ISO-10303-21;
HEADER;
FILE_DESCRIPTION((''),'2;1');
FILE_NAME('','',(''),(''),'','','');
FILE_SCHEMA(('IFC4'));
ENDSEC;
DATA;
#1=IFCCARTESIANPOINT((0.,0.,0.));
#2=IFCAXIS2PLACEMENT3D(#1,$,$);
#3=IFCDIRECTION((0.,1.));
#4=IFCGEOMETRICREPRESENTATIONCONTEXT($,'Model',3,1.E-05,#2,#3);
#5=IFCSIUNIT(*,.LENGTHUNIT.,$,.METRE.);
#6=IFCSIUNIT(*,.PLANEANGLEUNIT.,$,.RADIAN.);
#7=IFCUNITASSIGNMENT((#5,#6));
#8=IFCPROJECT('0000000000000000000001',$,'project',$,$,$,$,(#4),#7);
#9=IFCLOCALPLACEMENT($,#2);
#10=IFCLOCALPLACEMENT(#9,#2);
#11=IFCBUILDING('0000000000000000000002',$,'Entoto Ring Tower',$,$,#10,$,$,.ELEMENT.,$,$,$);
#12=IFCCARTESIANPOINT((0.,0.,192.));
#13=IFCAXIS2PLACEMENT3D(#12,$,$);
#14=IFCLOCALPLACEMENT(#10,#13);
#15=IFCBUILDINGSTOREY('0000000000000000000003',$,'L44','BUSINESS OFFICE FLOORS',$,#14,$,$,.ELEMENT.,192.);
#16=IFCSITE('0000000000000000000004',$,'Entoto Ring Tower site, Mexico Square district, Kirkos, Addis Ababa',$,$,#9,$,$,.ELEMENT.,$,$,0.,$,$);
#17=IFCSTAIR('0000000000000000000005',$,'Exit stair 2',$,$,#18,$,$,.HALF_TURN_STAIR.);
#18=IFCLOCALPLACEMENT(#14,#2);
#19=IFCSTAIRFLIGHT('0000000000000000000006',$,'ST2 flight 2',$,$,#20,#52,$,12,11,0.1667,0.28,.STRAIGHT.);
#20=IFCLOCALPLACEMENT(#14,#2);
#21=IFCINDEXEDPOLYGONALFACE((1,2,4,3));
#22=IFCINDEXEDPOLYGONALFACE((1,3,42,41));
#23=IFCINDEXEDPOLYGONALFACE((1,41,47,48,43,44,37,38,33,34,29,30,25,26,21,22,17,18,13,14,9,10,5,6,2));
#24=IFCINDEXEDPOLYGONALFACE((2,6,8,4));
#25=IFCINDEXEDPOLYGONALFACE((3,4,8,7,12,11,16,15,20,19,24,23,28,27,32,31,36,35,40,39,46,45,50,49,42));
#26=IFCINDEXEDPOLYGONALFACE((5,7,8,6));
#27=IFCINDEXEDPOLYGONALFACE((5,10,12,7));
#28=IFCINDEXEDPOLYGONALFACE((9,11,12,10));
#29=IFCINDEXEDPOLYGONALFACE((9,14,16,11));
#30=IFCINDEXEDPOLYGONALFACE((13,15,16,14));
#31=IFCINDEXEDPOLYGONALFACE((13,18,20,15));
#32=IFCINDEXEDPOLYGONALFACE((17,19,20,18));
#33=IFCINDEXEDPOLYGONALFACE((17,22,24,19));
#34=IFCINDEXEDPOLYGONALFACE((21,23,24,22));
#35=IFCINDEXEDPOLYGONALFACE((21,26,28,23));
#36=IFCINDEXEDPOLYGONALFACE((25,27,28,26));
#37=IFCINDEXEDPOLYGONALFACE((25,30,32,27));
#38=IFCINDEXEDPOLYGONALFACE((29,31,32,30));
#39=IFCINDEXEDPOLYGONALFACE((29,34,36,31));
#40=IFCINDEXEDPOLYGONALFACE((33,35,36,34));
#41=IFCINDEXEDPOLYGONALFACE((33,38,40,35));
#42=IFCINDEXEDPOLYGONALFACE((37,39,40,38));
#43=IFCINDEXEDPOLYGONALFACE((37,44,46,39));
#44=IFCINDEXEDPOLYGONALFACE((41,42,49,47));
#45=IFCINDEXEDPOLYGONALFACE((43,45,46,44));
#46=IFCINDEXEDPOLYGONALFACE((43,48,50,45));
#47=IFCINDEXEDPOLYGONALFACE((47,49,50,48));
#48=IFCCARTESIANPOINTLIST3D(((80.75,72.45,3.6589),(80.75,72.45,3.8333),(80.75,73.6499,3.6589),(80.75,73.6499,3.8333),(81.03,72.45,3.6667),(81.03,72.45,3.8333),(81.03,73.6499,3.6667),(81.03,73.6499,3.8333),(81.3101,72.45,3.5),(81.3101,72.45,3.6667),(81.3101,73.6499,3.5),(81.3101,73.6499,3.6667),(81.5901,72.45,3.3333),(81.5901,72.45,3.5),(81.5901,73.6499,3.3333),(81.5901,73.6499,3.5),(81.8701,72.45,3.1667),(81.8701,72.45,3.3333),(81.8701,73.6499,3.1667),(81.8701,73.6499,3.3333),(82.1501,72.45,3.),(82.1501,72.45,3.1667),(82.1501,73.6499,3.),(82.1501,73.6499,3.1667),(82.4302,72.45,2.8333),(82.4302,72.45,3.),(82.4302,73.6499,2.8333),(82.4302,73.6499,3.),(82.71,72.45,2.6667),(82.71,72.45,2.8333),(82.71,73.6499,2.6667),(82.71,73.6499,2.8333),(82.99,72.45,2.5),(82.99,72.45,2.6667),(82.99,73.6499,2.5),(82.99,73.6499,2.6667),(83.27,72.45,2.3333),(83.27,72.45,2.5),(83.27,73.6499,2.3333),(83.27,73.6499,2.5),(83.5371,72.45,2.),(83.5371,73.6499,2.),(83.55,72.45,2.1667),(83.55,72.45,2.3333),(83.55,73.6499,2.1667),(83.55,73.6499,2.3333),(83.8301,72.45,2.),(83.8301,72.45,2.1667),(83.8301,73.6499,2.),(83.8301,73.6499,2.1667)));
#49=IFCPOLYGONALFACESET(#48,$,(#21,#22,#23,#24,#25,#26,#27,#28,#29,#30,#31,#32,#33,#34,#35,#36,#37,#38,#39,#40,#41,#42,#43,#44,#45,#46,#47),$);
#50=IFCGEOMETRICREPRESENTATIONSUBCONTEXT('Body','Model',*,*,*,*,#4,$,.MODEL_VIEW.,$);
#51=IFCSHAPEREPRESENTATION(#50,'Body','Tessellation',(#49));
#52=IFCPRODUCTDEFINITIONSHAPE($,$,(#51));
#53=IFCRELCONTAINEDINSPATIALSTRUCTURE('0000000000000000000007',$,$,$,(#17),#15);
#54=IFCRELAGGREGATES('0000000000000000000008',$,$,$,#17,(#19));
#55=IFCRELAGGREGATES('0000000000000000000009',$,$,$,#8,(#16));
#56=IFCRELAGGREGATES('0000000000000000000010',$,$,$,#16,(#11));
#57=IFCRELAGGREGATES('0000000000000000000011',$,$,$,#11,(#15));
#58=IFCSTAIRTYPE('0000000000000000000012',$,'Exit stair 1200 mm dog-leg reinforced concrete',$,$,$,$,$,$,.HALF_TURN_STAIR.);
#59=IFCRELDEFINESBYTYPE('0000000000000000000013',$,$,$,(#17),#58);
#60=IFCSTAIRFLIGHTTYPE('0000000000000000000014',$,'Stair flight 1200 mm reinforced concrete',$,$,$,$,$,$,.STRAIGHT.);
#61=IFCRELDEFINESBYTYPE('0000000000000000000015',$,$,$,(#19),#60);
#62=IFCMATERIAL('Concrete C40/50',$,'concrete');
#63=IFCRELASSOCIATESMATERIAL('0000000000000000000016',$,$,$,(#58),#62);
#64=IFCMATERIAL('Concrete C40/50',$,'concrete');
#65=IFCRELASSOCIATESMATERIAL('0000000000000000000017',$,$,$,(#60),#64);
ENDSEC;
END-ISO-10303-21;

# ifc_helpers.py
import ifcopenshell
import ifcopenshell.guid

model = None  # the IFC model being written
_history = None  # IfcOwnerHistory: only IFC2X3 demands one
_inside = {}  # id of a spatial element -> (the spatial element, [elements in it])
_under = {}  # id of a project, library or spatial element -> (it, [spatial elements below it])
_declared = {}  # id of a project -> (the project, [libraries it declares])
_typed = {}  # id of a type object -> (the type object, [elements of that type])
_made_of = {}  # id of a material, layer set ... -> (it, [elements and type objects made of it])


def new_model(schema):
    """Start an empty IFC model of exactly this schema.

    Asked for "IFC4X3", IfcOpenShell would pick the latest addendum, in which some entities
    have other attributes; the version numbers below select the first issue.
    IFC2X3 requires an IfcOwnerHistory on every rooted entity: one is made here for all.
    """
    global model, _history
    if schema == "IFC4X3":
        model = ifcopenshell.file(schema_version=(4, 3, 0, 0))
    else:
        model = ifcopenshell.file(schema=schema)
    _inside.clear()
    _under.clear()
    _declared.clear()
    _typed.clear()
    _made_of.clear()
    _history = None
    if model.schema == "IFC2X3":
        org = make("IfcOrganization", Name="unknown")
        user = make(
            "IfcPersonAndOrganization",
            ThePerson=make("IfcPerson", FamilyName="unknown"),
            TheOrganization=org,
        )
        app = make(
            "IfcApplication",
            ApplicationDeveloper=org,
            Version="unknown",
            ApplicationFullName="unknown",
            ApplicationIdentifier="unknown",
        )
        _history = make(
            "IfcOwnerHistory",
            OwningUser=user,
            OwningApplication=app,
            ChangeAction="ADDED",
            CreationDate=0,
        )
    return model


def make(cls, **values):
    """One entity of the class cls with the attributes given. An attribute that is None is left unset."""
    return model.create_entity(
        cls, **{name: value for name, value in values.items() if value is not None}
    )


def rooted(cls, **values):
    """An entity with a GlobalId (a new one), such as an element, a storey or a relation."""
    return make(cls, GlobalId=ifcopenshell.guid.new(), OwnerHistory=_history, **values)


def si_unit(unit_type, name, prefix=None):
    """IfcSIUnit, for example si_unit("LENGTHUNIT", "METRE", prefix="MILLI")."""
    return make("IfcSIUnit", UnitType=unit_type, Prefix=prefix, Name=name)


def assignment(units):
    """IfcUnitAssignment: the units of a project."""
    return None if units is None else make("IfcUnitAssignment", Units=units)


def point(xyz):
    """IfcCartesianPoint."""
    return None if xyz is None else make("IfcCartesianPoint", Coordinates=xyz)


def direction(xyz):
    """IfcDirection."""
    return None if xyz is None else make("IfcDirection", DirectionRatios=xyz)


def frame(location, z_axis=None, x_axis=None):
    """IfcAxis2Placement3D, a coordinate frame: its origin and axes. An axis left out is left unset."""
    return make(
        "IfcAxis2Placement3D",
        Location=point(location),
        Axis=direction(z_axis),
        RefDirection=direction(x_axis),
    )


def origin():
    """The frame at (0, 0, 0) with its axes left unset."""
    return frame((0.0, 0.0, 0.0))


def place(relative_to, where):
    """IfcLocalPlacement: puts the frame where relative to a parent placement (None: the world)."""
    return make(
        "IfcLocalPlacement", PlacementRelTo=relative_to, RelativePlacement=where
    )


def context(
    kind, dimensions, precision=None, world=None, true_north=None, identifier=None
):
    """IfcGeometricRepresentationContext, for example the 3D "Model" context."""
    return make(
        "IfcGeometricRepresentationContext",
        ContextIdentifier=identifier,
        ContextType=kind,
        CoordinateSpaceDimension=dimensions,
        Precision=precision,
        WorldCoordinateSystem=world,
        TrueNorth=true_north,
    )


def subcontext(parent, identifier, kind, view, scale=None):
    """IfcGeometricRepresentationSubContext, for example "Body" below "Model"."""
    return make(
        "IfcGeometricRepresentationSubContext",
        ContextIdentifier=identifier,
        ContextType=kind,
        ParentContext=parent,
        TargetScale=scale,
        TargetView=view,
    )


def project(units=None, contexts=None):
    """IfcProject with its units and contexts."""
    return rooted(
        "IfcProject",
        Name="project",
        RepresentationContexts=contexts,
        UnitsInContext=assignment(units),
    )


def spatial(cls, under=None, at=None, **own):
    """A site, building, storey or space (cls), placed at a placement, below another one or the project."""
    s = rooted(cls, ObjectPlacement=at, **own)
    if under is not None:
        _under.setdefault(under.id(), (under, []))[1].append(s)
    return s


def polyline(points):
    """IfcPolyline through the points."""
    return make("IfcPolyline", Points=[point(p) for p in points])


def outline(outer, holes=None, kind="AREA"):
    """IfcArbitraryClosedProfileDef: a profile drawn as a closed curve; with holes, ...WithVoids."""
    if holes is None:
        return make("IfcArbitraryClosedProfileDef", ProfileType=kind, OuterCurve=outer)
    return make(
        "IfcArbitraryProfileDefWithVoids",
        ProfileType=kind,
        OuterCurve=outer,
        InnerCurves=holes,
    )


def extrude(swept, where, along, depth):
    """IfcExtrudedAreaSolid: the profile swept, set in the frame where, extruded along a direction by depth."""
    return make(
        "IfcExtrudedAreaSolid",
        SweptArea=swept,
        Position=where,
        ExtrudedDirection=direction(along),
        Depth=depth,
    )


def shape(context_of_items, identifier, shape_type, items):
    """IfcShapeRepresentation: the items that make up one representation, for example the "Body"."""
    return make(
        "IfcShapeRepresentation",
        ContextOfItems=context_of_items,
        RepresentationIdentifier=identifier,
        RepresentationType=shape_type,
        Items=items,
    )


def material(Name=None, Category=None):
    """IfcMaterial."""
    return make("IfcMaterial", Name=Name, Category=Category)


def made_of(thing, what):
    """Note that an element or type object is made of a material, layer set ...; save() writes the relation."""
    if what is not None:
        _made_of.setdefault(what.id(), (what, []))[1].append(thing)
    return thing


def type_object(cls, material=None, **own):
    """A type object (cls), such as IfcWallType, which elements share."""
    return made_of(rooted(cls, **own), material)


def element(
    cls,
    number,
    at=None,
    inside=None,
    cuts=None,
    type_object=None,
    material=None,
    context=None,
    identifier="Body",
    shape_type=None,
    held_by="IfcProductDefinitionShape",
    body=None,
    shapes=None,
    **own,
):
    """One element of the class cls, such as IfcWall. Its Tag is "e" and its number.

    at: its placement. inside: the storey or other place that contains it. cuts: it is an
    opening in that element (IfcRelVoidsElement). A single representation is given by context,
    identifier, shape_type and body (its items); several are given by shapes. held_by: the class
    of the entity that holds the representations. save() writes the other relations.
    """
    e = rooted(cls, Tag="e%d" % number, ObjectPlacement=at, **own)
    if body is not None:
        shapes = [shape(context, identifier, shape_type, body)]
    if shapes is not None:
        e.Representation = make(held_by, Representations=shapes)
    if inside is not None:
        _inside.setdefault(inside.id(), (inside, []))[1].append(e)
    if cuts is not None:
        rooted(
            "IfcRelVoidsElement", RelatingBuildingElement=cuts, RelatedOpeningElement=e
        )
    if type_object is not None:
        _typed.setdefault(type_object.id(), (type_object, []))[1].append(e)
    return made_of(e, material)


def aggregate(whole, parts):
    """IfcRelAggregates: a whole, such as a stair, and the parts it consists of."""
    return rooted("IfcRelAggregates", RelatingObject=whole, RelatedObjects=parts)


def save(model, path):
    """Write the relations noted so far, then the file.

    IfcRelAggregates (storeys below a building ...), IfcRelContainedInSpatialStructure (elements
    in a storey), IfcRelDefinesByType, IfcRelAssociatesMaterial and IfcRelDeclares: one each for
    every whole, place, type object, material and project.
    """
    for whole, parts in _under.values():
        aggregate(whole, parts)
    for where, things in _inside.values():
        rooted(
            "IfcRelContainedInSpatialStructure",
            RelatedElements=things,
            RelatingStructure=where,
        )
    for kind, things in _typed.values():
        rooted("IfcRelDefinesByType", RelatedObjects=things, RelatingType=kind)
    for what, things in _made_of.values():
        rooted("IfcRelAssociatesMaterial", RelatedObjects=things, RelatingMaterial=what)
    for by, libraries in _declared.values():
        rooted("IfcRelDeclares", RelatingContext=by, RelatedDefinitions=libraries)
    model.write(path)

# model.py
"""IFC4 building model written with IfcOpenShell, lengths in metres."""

from ifc_helpers import new_model, si_unit, direction, frame, origin, place, context, subcontext, project, spatial, polyline, outline, extrude, material, type_object, element, aggregate, save


model = new_model("IFC4")

# Units and contexts
model_context = context("Model", 3, precision=1e-05, world=origin(), true_north=direction((0.0, 1.0)))
body_context = subcontext(model_context, "Body", "Model", "MODEL_VIEW")
ifc_project = project(units=[si_unit("LENGTHUNIT", "METRE"), si_unit("PLANEANGLEUNIT", "RADIAN")], contexts=[model_context])

# Site, building, storey
site_placement = place(None, origin())
site = spatial("IfcSite", under=ifc_project, at=site_placement, Name="Entoto Ring Tower site, Mexico Square district, Kirkos, Addis Ababa", CompositionType="ELEMENT", RefElevation=0.0)
building_placement = place(site_placement, origin())
building = spatial("IfcBuilding", under=site, at=building_placement, Name="Entoto Ring Tower", CompositionType="ELEMENT")
storey_placement = place(building_placement, frame((0.0, 0.0, 192.0)))
storey = spatial("IfcBuildingStorey", under=building, at=storey_placement, Name="L44", Description="BUSINESS OFFICE FLOORS", CompositionType="ELEMENT", Elevation=192.0)

# Stair, stair flight
ifc_material_1 = material(Name="Concrete C40/50", Category="concrete")
stair_type = type_object("IfcStairType", Name="Exit stair 1200 mm dog-leg reinforced concrete", PredefinedType="HALF_TURN_STAIR", material=ifc_material_1)
stair_placement = place(storey_placement, origin())
stair = element("IfcStair", 1, at=stair_placement, inside=storey, type_object=stair_type, Name="Exit stair 2", PredefinedType="HALF_TURN_STAIR")
ifc_material_2 = material(Name="Concrete C40/50", Category="concrete")
stair_flight_type = type_object("IfcStairFlightType", Name="Stair flight 1200 mm reinforced concrete", PredefinedType="STRAIGHT", material=ifc_material_2)
stair_flight_1_placement = place(storey_placement, frame((83.8301, 73.05, 2.0), z_axis=(0.0, 0.0, 1.0), x_axis=(-1.0, 0.0, 0.0)))
stair_flight_1 = element("IfcStairFlight", 2, at=stair_flight_1_placement, type_object=stair_flight_type, Name="ST2 flight 2", NumberOfRisers=12, NumberOfTreads=11, PredefinedType="STRAIGHT", RiserHeight=0.1667, TreadLength=0.28, context=body_context, shape_type="SweptSolid", body=[
    extrude(outline(polyline([(0.0, 0.0), (0.0, 0.1667), (0.28, 0.1667), (0.28, 0.3333), (0.5601, 0.3333), (0.5601, 0.5), (0.8401, 0.5), (0.8401, 0.6667), (1.1201, 0.6667), (1.1201, 0.8333), (1.3999, 0.8333), (1.3999, 1.0), (1.6799, 1.0), (1.6799, 1.1667), (1.96, 1.1667), (1.96, 1.3333), (2.24, 1.3333), (2.24, 1.5), (2.52, 1.5), (2.52, 1.6667), (2.8, 1.6667), (2.8, 1.8333), (3.0801, 1.8333), (3.0801, 2.0), (3.0801, 1.6589), (0.293, 0.0), (0.0, 0.0)])), frame((0.0, 0.6001, 0.0), z_axis=(0.0, -1.0, 0.0), x_axis=(1.0, 0.0, 0.0)), (0.0, 0.0, 1.0), 1.2),
])
aggregate(stair, [stair_flight_1])

save(model, "model.ifc")
